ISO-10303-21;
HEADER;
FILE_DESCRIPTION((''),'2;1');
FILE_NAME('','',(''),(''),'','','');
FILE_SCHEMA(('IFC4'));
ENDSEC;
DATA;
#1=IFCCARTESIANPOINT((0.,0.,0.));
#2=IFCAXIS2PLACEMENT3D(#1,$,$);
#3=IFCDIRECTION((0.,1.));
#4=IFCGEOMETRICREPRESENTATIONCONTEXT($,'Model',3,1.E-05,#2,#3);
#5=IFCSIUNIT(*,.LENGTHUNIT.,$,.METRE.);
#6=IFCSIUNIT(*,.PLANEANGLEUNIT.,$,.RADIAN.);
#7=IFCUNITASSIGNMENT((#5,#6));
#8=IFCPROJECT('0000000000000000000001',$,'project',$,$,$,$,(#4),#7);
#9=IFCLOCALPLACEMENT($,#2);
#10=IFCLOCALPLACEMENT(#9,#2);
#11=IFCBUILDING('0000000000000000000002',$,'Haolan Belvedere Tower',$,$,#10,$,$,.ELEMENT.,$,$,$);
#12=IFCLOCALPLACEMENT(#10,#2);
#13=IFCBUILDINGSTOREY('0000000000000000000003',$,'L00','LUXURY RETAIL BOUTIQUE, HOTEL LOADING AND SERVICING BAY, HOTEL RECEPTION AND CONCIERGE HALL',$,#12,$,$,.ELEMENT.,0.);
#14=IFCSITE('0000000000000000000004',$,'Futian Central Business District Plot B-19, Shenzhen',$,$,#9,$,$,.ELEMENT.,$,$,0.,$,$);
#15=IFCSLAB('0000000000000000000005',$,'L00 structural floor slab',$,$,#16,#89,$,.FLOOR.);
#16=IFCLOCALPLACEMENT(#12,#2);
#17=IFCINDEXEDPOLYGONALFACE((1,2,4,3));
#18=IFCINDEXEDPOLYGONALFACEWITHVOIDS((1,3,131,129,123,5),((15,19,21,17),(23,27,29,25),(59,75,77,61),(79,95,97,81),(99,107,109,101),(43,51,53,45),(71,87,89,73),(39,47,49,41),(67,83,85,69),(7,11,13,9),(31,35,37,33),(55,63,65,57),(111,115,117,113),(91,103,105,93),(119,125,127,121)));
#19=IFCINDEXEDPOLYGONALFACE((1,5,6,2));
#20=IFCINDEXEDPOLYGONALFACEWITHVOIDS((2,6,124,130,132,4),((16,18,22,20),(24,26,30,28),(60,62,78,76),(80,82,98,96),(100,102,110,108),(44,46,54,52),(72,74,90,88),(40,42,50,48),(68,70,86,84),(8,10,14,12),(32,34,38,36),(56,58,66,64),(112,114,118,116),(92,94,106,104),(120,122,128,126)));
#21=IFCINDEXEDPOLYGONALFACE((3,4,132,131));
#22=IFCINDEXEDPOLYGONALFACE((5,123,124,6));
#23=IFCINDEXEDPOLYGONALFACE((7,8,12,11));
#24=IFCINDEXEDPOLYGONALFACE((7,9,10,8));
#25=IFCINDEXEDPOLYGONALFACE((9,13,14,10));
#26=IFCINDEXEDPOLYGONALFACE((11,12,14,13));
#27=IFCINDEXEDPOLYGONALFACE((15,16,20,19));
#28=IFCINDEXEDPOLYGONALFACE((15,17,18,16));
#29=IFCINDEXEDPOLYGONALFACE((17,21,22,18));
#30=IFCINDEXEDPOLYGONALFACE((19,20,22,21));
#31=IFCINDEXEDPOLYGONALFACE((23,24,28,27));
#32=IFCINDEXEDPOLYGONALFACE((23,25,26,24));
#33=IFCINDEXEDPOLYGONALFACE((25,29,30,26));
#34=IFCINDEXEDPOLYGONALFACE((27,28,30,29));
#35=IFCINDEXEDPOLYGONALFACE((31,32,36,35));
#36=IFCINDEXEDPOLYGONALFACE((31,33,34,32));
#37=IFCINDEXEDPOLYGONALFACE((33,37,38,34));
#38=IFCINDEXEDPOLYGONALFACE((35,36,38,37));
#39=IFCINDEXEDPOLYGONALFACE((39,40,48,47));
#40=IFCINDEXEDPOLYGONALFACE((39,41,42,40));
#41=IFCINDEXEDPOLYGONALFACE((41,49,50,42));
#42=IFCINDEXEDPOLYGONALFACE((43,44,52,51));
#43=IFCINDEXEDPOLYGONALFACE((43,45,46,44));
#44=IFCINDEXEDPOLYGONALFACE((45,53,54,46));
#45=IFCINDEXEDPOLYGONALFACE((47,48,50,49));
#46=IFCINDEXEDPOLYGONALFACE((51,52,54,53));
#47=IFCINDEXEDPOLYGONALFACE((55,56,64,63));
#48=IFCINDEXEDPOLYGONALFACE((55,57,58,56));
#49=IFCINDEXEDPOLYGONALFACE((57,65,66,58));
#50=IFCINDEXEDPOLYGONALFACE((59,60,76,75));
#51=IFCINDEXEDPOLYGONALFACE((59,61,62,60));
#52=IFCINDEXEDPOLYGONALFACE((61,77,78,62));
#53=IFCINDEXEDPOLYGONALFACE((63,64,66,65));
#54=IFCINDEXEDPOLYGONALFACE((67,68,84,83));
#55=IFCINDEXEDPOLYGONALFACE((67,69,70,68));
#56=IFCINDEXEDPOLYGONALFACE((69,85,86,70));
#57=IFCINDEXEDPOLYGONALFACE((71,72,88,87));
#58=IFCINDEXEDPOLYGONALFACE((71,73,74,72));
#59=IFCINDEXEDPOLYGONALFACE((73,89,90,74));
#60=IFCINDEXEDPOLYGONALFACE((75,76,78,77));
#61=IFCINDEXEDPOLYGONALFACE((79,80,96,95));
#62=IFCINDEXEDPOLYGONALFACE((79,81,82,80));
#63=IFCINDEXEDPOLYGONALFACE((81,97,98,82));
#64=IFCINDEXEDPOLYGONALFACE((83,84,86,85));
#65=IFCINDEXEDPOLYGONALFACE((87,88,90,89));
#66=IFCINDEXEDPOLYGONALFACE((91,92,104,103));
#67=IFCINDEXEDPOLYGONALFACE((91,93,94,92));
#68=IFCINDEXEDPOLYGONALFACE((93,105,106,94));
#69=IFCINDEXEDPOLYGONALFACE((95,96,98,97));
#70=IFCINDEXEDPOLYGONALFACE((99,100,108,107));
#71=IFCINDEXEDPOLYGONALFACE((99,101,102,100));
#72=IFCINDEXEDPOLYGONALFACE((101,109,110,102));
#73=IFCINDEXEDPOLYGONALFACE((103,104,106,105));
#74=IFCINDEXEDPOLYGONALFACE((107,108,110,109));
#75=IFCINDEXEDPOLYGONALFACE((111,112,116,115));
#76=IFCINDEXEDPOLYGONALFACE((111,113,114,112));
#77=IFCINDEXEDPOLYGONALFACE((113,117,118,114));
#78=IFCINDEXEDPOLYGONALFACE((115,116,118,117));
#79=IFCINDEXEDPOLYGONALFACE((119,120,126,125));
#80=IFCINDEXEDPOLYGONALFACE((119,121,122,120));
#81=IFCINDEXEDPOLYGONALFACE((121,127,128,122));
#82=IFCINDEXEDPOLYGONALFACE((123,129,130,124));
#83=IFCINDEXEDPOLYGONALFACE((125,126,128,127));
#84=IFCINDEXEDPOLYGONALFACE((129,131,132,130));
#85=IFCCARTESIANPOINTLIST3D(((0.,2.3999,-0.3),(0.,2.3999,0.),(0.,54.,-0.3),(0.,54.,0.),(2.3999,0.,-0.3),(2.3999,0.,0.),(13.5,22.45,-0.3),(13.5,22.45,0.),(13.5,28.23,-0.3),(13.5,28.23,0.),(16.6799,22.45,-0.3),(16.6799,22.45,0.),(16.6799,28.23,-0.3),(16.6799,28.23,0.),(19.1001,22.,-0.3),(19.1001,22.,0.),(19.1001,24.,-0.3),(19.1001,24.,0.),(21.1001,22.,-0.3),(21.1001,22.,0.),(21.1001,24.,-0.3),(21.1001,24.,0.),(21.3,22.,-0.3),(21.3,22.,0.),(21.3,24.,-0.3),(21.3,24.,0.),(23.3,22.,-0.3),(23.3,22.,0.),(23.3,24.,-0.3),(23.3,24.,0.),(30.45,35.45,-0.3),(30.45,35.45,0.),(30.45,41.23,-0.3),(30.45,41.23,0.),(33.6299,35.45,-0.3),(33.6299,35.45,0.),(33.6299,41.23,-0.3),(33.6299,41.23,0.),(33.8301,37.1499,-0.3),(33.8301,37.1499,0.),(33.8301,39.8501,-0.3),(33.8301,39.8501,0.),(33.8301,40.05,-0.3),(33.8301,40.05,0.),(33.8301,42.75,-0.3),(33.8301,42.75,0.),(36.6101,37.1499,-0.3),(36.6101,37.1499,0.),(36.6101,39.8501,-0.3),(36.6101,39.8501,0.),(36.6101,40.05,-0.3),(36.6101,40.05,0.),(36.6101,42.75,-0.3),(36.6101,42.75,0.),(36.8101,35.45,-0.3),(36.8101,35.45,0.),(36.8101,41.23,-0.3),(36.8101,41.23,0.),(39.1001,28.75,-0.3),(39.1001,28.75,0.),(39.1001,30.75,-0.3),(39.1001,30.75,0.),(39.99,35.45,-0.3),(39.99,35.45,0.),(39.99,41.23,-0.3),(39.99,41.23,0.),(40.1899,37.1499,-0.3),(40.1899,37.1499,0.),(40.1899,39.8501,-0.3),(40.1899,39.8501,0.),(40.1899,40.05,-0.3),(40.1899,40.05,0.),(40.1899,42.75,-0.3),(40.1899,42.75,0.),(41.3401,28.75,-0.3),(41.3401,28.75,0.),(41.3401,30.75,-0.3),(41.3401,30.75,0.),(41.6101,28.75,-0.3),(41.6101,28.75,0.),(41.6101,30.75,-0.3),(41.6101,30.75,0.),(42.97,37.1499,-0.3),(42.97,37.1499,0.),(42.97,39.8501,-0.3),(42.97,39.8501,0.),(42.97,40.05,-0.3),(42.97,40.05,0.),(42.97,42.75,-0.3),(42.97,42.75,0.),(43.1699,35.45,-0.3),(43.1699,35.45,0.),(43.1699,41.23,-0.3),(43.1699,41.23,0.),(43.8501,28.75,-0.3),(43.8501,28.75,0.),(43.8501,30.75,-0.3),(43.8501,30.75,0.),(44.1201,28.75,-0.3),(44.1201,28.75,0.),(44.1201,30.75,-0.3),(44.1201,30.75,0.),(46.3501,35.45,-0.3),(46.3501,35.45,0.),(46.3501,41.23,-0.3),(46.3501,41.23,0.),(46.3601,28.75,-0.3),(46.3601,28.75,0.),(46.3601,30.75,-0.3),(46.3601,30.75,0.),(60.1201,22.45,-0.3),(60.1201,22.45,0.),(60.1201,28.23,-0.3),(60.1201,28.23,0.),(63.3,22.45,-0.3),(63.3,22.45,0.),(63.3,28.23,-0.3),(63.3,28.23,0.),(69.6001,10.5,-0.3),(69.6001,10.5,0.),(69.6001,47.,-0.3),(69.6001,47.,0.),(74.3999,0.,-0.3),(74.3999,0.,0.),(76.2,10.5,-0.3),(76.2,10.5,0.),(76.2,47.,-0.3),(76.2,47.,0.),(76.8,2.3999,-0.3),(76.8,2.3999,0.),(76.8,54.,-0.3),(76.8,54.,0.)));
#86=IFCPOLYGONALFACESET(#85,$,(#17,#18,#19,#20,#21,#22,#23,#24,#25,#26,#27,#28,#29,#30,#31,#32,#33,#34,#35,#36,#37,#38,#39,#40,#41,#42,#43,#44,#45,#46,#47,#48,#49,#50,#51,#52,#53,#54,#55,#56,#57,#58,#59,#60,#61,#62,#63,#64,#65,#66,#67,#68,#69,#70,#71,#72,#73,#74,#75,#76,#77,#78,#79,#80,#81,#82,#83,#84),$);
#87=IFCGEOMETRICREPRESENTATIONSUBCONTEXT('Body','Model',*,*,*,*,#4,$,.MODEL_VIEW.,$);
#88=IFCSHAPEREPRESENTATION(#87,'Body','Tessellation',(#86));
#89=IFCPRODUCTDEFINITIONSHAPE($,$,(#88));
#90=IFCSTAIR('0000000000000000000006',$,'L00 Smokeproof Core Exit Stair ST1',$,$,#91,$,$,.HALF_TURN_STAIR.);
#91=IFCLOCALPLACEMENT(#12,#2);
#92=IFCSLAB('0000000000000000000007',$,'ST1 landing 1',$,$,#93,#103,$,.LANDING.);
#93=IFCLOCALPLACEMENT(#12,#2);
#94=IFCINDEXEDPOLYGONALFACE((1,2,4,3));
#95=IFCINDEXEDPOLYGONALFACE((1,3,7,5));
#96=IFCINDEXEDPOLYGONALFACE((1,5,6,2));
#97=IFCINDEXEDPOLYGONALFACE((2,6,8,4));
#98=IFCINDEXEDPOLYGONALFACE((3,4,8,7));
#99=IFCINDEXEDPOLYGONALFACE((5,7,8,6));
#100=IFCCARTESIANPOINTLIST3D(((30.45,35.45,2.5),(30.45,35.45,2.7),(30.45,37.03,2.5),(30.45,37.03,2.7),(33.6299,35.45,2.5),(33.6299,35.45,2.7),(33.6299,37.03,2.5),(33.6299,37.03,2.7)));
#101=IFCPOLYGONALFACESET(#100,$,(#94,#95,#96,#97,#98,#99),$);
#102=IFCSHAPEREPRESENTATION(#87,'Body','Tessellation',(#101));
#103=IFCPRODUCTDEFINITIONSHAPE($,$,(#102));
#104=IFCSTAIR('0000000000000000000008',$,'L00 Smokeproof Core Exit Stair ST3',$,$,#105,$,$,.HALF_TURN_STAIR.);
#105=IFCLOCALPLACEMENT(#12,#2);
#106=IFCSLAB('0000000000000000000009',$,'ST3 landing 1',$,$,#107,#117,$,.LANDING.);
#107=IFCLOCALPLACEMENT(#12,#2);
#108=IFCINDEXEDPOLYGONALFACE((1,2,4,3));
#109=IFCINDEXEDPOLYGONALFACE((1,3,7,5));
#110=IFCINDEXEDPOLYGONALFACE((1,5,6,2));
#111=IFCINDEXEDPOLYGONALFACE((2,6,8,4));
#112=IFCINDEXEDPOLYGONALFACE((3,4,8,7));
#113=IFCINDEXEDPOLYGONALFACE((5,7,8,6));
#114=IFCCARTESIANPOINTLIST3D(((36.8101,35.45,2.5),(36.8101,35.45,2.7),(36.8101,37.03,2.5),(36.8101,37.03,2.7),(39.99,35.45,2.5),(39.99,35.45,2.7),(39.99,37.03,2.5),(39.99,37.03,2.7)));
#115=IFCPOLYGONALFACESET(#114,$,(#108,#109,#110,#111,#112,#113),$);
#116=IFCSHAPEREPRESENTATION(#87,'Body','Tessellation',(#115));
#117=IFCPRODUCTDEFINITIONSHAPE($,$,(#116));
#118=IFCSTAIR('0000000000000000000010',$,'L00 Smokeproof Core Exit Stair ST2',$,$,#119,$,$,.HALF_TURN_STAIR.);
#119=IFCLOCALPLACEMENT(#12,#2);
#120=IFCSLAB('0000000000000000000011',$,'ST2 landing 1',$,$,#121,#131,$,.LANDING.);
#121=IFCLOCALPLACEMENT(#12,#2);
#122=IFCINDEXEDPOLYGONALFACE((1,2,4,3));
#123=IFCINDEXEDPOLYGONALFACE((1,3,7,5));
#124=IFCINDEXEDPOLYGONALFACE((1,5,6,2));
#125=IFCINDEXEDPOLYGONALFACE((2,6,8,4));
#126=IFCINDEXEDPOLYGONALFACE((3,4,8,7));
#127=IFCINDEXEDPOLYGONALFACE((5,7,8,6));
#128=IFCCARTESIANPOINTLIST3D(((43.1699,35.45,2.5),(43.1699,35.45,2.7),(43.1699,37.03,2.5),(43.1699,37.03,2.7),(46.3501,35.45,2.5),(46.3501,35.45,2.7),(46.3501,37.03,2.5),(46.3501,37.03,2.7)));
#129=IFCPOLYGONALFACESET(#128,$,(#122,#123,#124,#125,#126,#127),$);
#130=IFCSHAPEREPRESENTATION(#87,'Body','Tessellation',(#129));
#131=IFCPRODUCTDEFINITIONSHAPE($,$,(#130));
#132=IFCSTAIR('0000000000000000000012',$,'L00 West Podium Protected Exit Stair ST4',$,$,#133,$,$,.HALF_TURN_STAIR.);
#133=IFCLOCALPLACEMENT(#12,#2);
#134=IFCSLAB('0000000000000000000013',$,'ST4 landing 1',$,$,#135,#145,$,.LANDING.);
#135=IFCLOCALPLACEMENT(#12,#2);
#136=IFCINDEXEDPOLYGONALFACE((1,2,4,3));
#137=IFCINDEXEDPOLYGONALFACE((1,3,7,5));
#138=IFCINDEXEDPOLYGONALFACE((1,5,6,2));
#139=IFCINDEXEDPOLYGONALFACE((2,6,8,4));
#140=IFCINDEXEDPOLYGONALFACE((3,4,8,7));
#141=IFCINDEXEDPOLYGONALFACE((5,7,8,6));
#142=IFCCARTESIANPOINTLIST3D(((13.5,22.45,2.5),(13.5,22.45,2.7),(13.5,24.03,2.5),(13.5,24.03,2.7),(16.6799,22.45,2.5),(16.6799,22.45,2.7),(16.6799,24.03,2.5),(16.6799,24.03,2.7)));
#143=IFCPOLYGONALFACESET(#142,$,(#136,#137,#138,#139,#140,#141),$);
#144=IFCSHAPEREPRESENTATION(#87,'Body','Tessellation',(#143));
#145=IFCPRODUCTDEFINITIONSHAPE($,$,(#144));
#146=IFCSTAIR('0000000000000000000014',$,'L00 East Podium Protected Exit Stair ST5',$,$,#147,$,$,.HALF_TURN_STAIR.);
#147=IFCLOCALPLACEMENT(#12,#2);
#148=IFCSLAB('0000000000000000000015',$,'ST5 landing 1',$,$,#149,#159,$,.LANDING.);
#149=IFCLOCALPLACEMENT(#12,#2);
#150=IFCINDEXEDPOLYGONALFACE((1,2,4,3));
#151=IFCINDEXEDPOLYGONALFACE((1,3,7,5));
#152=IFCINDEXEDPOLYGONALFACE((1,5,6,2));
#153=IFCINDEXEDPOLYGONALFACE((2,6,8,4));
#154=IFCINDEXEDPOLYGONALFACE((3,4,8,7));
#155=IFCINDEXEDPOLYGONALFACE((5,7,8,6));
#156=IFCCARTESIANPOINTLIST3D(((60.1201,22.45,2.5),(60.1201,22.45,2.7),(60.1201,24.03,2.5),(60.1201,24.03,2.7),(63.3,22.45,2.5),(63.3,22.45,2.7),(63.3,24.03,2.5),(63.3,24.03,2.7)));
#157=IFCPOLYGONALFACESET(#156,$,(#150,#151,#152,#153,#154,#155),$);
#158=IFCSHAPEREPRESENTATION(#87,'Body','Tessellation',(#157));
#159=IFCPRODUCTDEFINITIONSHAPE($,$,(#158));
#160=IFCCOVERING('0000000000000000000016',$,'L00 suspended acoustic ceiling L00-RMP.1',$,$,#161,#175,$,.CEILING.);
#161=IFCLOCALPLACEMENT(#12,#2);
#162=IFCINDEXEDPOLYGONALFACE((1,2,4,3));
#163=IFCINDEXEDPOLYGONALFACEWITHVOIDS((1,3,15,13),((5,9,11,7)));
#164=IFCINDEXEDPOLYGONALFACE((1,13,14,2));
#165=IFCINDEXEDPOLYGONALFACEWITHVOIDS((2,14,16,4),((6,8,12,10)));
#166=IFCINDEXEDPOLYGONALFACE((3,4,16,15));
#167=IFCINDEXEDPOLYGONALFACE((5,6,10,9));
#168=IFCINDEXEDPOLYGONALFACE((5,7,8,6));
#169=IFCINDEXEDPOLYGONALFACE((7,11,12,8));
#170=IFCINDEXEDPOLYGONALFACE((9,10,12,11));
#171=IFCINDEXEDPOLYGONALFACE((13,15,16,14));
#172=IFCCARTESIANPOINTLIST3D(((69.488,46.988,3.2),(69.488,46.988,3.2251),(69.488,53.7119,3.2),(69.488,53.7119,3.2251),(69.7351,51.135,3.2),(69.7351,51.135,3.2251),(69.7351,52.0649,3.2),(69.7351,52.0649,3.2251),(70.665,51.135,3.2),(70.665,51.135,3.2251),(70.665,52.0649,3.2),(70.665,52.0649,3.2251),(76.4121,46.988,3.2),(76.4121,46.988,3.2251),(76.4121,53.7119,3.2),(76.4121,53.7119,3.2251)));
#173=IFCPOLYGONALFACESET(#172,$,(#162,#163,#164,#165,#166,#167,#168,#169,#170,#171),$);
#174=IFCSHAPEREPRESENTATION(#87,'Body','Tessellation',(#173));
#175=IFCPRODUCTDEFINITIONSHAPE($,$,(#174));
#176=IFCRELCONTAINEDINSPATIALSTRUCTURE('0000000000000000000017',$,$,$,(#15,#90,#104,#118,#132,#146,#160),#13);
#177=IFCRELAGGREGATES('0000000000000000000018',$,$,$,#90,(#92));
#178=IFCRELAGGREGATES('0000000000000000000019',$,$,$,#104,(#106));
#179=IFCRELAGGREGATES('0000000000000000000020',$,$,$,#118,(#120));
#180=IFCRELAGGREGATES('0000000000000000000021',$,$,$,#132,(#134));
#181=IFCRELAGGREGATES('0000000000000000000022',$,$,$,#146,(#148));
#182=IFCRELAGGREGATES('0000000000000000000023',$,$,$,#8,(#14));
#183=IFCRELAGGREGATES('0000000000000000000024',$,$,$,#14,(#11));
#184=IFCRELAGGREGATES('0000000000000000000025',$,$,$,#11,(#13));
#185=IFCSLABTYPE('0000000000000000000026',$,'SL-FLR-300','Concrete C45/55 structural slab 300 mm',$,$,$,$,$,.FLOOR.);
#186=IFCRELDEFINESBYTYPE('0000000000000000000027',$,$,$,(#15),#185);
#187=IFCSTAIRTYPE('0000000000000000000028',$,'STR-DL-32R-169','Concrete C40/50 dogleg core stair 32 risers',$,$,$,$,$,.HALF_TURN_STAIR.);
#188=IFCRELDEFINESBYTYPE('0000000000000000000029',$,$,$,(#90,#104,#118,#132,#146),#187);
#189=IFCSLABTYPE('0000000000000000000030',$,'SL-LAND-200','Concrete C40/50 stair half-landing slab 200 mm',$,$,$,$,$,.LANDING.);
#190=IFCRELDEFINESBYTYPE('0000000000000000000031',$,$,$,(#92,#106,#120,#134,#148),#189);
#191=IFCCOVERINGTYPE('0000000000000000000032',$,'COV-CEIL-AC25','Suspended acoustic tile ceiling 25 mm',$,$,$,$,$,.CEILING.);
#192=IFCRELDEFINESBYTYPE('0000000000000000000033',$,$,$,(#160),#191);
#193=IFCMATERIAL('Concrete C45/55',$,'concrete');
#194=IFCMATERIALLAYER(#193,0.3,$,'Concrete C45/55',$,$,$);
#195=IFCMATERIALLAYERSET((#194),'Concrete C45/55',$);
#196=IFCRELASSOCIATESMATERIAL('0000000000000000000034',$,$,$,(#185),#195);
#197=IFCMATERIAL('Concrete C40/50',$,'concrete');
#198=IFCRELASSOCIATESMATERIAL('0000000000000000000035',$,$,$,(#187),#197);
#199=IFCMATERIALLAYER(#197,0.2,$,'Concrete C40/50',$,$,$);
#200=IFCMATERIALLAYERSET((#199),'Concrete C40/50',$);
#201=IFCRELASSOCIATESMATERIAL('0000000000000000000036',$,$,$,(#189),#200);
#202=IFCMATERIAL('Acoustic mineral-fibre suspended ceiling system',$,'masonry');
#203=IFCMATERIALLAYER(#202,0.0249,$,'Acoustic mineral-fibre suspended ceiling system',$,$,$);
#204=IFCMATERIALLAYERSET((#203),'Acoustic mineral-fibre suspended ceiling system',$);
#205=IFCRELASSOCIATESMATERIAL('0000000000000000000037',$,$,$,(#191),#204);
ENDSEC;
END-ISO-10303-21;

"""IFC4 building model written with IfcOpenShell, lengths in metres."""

from ifc_helpers import new_model, si_unit, direction, frame, origin, place, context, subcontext, project, spatial, polyline, outline, extrude, material, layer, layer_set, type_object, element, aggregate, save


model = new_model("IFC4")

# Units and contexts
model_context = context("Model", 3, precision=1e-05, world=origin(), true_north=direction((0.0, 1.0)))
body_context = subcontext(model_context, "Body", "Model", "MODEL_VIEW")
ifc_project = project(units=[si_unit("LENGTHUNIT", "METRE"), si_unit("PLANEANGLEUNIT", "RADIAN")], contexts=[model_context])

# Site, building, storey
site_placement = place(None, origin())
site = spatial("IfcSite", under=ifc_project, at=site_placement, Name="Futian Central Business District Plot B-19, Shenzhen", CompositionType="ELEMENT", RefElevation=0.0)
building_placement = place(site_placement, origin())
building = spatial("IfcBuilding", under=site, at=building_placement, Name="Haolan Belvedere Tower", CompositionType="ELEMENT")
storey_placement = place(building_placement, origin())
storey = spatial("IfcBuildingStorey", under=building, at=storey_placement, Name="L00", Description="LUXURY RETAIL BOUTIQUE, HOTEL LOADING AND SERVICING BAY, HOTEL RECEPTION AND CONCIERGE HALL", CompositionType="ELEMENT", Elevation=0.0)

# Slab
ifc_material_1 = material(Name="Concrete C40/50", Category="concrete")
ifc_material_2 = material(Name="Concrete C45/55", Category="concrete")
ifc_layer_1 = layer(ifc_material_2, 0.3, Name="Concrete C45/55")
ifc_layer_set_1 = layer_set([ifc_layer_1], Name="Concrete C45/55")
slab_type_1 = type_object("IfcSlabType", Name="SL-FLR-300", Description="Concrete C45/55 structural slab 300 mm", PredefinedType="FLOOR", material=ifc_layer_set_1)
slab_1_placement = place(storey_placement, frame((0.0, 0.0, -0.3)))
element("IfcSlab", 1, at=slab_1_placement, inside=storey, type_object=slab_type_1, Name="L00 structural floor slab", PredefinedType="FLOOR", context=body_context, shape_type="SweptSolid", body=[
    extrude(outline(polyline([(2.3999, 0.0), (74.3999, 0.0), (76.8, 2.3999), (76.8, 54.0), (0.0, 54.0), (0.0, 2.3999), (2.3999, 0.0)]), holes=[polyline([(30.45, 41.23), (30.45, 35.45), (33.6299, 35.45), (33.6299, 41.23), (30.45, 41.23)]), polyline([(36.8101, 41.23), (36.8101, 35.45), (39.99, 35.45), (39.99, 41.23), (36.8101, 41.23)]), polyline([(43.1699, 41.23), (43.1699, 35.45), (46.3501, 35.45), (46.3501, 41.23), (43.1699, 41.23)]), polyline([(13.5, 28.23), (13.5, 22.45), (16.6799, 22.45), (16.6799, 28.23), (13.5, 28.23)]), polyline([(60.1201, 28.23), (60.1201, 22.45), (63.3, 22.45), (63.3, 28.23), (60.1201, 28.23)]), polyline([(33.8301, 40.05), (36.6101, 40.05), (36.6101, 42.75), (33.8301, 42.75), (33.8301, 40.05)]), polyline([(33.8301, 37.1499), (36.6101, 37.1499), (36.6101, 39.8501), (33.8301, 39.8501), (33.8301, 37.1499)]), polyline([(40.1899, 40.05), (42.97, 40.05), (42.97, 42.75), (40.1899, 42.75), (40.1899, 40.05)]), polyline([(40.1899, 37.1499), (42.97, 37.1499), (42.97, 39.8501), (40.1899, 39.8501), (40.1899, 37.1499)]), polyline([(39.1001, 28.75), (41.3401, 28.75), (41.3401, 30.75), (39.1001, 30.75), (39.1001, 28.75)]), polyline([(41.6101, 28.75), (43.8501, 28.75), (43.8501, 30.75), (41.6101, 30.75), (41.6101, 28.75)]), polyline([(44.1201, 28.75), (46.3601, 28.75), (46.3601, 30.75), (44.1201, 30.75), (44.1201, 28.75)]), polyline([(19.1001, 22.0), (21.1001, 22.0), (21.1001, 24.0), (19.1001, 24.0), (19.1001, 22.0)]), polyline([(21.3, 22.0), (23.3, 22.0), (23.3, 24.0), (21.3, 24.0), (21.3, 22.0)]), polyline([(69.6001, 10.5), (76.2, 10.5), (76.2, 47.0), (69.6001, 47.0), (69.6001, 10.5)])]), origin(), (0.0, 0.0, 1.0), 0.3),
])

# Stairs, slabs
stair_type = type_object("IfcStairType", Name="STR-DL-32R-169", Description="Concrete C40/50 dogleg core stair 32 risers", PredefinedType="HALF_TURN_STAIR", material=ifc_material_1)
stair_1_placement = place(storey_placement, origin())
stair_1 = element("IfcStair", 2, at=stair_1_placement, inside=storey, type_object=stair_type, Name="L00 Smokeproof Core Exit Stair ST1", PredefinedType="HALF_TURN_STAIR")
ifc_layer_2 = layer(ifc_material_1, 0.2, Name="Concrete C40/50")
ifc_layer_set_2 = layer_set([ifc_layer_2], Name="Concrete C40/50")
slab_type_2 = type_object("IfcSlabType", Name="SL-LAND-200", Description="Concrete C40/50 stair half-landing slab 200 mm", PredefinedType="LANDING", material=ifc_layer_set_2)
slab_2_placement = place(storey_placement, frame((0.0, 0.0, 2.5)))
slab_2 = element("IfcSlab", 3, at=slab_2_placement, type_object=slab_type_2, Name="ST1 landing 1", PredefinedType="LANDING", context=body_context, shape_type="SweptSolid", body=[
    extrude(outline(polyline([(30.45, 37.03), (30.45, 35.45), (33.6299, 35.45), (33.6299, 37.03), (30.45, 37.03)])), origin(), (0.0, 0.0, 1.0), 0.2),
])
aggregate(stair_1, [slab_2])
stair_2_placement = place(storey_placement, origin())
stair_2 = element("IfcStair", 4, at=stair_2_placement, inside=storey, type_object=stair_type, Name="L00 Smokeproof Core Exit Stair ST3", PredefinedType="HALF_TURN_STAIR")
slab_3_placement = place(storey_placement, frame((0.0, 0.0, 2.5)))
slab_3 = element("IfcSlab", 5, at=slab_3_placement, type_object=slab_type_2, Name="ST3 landing 1", PredefinedType="LANDING", context=body_context, shape_type="SweptSolid", body=[
    extrude(outline(polyline([(36.8101, 37.03), (36.8101, 35.45), (39.99, 35.45), (39.99, 37.03), (36.8101, 37.03)])), origin(), (0.0, 0.0, 1.0), 0.2),
])
aggregate(stair_2, [slab_3])
stair_3_placement = place(storey_placement, origin())
stair_3 = element("IfcStair", 6, at=stair_3_placement, inside=storey, type_object=stair_type, Name="L00 Smokeproof Core Exit Stair ST2", PredefinedType="HALF_TURN_STAIR")
slab_4_placement = place(storey_placement, frame((0.0, 0.0, 2.5)))
slab_4 = element("IfcSlab", 7, at=slab_4_placement, type_object=slab_type_2, Name="ST2 landing 1", PredefinedType="LANDING", context=body_context, shape_type="SweptSolid", body=[
    extrude(outline(polyline([(43.1699, 37.03), (43.1699, 35.45), (46.3501, 35.45), (46.3501, 37.03), (43.1699, 37.03)])), origin(), (0.0, 0.0, 1.0), 0.2),
])
aggregate(stair_3, [slab_4])
stair_4_placement = place(storey_placement, origin())
stair_4 = element("IfcStair", 8, at=stair_4_placement, inside=storey, type_object=stair_type, Name="L00 West Podium Protected Exit Stair ST4", PredefinedType="HALF_TURN_STAIR")
slab_5_placement = place(storey_placement, frame((0.0, 0.0, 2.5)))
slab_5 = element("IfcSlab", 9, at=slab_5_placement, type_object=slab_type_2, Name="ST4 landing 1", PredefinedType="LANDING", context=body_context, shape_type="SweptSolid", body=[
    extrude(outline(polyline([(13.5, 24.03), (13.5, 22.45), (16.6799, 22.45), (16.6799, 24.03), (13.5, 24.03)])), origin(), (0.0, 0.0, 1.0), 0.2),
])
aggregate(stair_4, [slab_5])
stair_5_placement = place(storey_placement, origin())
stair_5 = element("IfcStair", 10, at=stair_5_placement, inside=storey, type_object=stair_type, Name="L00 East Podium Protected Exit Stair ST5", PredefinedType="HALF_TURN_STAIR")
slab_6_placement = place(storey_placement, frame((0.0, 0.0, 2.5)))
slab_6 = element("IfcSlab", 11, at=slab_6_placement, type_object=slab_type_2, Name="ST5 landing 1", PredefinedType="LANDING", context=body_context, shape_type="SweptSolid", body=[
    extrude(outline(polyline([(60.1201, 24.03), (60.1201, 22.45), (63.3, 22.45), (63.3, 24.03), (60.1201, 24.03)])), origin(), (0.0, 0.0, 1.0), 0.2),
])
aggregate(stair_5, [slab_6])

# Covering
ifc_material_3 = material(Name="Acoustic mineral-fibre suspended ceiling system", Category="masonry")
ifc_layer_3 = layer(ifc_material_3, 0.0249, Name="Acoustic mineral-fibre suspended ceiling system")
ifc_layer_set_3 = layer_set([ifc_layer_3], Name="Acoustic mineral-fibre suspended ceiling system")
covering_type_1 = type_object("IfcCoveringType", Name="COV-CEIL-AC25", Description="Suspended acoustic tile ceiling 25 mm", PredefinedType="CEILING", material=ifc_layer_set_3)
covering_1_placement = place(storey_placement, frame((0.0, 0.0, 3.2)))
element("IfcCovering", 12, at=covering_1_placement, inside=storey, type_object=covering_type_1, Name="L00 suspended acoustic ceiling L00-RMP.1", PredefinedType="CEILING", context=body_context, shape_type="SweptSolid", body=[
    extrude(outline(polyline([(76.4121, 46.988), (76.4121, 53.7119), (69.488, 53.7119), (69.488, 46.988), (76.4121, 46.988)]), holes=[polyline([(69.7351, 52.0649), (70.665, 52.0649), (70.665, 51.135), (69.7351, 51.135), (69.7351, 52.0649)])]), origin(), (0.0, 0.0, 1.0), 0.0251),
])

save(model, "model.ifc")
